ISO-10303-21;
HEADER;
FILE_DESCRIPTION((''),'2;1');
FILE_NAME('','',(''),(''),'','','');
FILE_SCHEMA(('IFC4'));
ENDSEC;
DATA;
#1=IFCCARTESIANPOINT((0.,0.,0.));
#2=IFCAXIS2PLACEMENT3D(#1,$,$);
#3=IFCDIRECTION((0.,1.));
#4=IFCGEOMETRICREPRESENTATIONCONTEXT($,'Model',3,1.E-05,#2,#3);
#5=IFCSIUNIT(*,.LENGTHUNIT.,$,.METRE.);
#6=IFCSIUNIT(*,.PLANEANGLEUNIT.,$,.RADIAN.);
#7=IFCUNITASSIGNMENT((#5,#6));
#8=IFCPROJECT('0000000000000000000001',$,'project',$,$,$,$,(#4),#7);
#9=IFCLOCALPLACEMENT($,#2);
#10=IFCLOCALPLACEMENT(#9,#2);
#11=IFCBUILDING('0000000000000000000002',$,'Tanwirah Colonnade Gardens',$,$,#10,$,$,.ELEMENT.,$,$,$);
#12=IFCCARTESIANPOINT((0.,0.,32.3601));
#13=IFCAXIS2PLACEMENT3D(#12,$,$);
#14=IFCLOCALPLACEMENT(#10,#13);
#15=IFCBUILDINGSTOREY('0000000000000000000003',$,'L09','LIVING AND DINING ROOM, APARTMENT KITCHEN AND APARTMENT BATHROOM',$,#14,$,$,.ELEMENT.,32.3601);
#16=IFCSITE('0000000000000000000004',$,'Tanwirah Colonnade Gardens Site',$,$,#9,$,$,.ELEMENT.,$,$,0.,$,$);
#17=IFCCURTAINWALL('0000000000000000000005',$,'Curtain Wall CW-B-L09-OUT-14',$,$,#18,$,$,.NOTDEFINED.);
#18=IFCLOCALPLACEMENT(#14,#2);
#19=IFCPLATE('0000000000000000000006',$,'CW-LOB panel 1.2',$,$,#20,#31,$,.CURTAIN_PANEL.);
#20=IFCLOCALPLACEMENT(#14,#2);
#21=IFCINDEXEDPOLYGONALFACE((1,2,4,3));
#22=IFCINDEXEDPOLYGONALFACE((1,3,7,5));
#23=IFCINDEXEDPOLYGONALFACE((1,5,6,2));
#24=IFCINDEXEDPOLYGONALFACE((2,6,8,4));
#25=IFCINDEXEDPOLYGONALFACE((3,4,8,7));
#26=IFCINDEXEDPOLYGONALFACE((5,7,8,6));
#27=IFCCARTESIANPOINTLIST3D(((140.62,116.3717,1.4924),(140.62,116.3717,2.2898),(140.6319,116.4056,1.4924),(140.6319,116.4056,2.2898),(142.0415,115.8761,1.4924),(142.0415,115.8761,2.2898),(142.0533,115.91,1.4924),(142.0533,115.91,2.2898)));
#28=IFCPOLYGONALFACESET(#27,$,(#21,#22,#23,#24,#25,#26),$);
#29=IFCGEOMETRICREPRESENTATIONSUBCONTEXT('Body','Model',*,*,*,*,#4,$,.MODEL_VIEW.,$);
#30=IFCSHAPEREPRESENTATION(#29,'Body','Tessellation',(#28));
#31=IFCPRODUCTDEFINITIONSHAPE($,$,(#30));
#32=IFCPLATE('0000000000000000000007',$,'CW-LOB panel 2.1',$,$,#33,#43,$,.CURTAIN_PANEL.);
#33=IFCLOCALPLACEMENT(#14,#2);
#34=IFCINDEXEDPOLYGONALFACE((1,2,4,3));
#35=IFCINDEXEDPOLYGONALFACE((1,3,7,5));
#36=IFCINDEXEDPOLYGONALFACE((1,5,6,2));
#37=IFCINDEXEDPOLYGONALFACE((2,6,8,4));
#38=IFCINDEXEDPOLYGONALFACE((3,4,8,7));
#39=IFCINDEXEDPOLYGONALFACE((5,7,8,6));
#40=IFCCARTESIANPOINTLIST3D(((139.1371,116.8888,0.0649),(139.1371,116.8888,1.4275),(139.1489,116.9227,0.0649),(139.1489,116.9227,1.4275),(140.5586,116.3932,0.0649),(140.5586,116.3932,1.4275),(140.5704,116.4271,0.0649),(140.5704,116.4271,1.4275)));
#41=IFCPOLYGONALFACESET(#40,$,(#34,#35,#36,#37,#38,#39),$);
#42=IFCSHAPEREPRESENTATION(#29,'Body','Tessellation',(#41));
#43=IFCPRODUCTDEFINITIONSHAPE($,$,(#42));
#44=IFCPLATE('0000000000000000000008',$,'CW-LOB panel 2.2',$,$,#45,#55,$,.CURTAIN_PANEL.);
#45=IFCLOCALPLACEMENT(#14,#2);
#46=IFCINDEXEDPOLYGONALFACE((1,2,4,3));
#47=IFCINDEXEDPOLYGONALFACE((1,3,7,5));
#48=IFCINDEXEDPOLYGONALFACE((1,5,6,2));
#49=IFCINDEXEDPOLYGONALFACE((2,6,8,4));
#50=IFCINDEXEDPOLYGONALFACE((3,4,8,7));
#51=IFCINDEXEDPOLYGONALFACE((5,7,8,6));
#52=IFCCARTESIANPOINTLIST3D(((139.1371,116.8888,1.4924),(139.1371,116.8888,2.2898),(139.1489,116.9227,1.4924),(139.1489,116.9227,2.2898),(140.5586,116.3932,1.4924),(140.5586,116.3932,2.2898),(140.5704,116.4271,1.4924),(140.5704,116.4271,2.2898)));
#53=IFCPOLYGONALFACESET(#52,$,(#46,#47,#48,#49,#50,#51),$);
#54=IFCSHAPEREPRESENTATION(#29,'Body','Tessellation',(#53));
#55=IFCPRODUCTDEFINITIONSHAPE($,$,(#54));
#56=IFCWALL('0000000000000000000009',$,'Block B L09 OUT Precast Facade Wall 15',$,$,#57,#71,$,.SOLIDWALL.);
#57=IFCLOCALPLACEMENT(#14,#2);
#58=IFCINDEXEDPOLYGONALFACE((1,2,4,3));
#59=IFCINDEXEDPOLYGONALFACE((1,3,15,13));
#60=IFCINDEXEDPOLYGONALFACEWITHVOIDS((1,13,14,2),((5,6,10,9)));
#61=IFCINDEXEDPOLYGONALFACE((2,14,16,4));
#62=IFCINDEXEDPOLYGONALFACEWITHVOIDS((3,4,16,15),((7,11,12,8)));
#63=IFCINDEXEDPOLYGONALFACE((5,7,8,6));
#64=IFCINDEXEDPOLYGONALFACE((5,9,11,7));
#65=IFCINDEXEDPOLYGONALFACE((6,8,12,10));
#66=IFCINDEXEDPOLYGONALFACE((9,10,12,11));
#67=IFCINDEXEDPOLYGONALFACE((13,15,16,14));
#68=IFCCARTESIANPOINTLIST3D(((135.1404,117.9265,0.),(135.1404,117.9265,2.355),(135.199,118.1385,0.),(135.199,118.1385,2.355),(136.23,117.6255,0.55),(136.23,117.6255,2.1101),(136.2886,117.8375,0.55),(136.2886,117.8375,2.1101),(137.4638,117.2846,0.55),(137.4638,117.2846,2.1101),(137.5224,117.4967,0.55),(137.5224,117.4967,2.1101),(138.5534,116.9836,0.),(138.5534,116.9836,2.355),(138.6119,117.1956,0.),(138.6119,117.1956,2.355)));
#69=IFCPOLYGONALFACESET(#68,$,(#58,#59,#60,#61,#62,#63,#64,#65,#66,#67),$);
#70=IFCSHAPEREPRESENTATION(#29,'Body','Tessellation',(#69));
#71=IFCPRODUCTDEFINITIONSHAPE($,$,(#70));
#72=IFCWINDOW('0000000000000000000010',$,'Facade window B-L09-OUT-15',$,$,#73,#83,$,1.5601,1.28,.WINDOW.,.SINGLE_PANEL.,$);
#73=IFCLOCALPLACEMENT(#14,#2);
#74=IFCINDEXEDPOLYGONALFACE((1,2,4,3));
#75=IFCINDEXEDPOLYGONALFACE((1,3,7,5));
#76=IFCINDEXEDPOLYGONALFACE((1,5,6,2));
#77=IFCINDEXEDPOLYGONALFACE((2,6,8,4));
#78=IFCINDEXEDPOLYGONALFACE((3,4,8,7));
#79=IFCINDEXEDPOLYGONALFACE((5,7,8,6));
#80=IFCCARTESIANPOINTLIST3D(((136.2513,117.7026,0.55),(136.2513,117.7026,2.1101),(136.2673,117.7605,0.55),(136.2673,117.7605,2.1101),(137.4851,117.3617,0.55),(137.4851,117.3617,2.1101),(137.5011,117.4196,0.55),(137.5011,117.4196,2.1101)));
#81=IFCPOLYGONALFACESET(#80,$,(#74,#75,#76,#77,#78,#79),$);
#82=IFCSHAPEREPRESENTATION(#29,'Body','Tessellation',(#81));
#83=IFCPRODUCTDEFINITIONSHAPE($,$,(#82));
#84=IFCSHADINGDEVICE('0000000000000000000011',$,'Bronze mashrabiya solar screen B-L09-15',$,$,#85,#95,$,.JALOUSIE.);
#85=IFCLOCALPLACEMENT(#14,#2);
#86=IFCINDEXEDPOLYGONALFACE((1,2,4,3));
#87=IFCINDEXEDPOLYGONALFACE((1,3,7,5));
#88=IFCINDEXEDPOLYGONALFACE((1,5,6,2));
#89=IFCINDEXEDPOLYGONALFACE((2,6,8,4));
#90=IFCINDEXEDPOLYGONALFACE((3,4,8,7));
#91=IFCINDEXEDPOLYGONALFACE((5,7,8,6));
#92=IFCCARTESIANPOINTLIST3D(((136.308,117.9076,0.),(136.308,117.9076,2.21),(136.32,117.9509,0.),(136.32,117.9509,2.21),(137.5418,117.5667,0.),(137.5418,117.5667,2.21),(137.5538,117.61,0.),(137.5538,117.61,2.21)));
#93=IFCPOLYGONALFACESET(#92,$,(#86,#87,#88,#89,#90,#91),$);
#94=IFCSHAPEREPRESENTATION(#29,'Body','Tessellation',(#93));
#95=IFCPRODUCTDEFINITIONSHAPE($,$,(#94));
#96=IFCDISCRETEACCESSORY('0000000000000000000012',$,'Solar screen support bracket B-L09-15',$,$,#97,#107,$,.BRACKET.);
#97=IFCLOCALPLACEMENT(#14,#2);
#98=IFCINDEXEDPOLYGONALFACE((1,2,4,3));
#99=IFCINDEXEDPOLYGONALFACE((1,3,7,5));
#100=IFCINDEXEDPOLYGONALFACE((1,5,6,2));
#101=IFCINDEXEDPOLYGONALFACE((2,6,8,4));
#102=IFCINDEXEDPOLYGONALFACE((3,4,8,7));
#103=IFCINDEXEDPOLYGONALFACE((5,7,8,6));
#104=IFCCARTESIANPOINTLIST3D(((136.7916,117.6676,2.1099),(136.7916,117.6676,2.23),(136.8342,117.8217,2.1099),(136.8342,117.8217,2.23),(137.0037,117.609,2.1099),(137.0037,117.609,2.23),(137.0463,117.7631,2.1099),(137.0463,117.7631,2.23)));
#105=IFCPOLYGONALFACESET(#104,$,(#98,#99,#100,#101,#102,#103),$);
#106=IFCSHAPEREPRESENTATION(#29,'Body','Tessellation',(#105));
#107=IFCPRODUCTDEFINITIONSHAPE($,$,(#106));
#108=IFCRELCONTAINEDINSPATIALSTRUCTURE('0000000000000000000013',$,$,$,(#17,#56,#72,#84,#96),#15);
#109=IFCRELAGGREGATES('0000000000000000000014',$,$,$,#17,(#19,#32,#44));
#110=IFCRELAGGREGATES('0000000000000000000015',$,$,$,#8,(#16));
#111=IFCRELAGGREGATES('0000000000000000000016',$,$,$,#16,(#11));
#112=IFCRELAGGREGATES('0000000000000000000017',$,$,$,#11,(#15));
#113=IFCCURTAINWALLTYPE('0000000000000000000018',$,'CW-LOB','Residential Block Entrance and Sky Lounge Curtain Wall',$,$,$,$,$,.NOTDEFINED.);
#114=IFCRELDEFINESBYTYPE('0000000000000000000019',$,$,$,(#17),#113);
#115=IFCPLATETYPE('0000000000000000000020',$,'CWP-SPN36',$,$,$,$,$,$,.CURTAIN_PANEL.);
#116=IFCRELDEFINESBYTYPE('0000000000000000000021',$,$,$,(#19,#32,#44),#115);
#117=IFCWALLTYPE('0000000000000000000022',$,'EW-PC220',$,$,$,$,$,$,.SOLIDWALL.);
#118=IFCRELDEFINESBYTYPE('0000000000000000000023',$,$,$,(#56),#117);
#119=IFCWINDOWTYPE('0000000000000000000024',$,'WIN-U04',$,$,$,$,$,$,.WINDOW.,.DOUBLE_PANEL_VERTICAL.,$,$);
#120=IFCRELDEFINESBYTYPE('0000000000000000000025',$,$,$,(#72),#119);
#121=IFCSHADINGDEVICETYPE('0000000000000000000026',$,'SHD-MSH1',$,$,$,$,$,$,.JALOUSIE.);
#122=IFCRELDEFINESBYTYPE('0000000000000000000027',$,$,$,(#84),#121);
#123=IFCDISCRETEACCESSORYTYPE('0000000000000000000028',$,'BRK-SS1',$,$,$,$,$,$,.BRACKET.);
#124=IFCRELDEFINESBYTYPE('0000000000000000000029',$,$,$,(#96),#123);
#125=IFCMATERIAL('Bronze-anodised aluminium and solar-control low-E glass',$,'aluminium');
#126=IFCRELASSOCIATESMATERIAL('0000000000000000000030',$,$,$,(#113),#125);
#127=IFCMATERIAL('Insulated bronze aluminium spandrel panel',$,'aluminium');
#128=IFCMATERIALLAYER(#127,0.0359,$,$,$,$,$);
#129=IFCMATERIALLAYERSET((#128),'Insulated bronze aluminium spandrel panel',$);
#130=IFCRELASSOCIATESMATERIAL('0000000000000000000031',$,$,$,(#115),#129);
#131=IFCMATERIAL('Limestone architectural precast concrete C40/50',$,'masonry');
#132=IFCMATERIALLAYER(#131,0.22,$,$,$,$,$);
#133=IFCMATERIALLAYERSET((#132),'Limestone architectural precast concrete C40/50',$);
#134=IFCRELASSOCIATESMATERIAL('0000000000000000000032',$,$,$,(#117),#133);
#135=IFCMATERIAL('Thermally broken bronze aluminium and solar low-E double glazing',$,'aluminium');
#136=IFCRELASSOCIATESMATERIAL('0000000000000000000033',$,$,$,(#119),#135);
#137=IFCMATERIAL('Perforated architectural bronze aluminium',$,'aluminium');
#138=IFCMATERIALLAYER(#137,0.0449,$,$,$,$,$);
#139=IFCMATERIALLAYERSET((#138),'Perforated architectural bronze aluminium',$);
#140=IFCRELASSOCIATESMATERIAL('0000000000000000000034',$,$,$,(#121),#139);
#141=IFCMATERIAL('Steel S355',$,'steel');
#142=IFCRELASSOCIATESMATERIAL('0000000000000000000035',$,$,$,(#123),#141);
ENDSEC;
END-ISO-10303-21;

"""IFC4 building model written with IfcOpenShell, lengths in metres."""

from ifc_helpers import new_model, si_unit, direction, frame, frame_2d, origin, origin_2d, place, context, subcontext, project, spatial, rectangle, extrude, material, layer, layer_set, type_object, element, fill, aggregate, save


model = new_model("IFC4")

# Units and contexts
model_context = context("Model", 3, precision=1e-05, world=origin(), true_north=direction((0.0, 1.0)))
body_context = subcontext(model_context, "Body", "Model", "MODEL_VIEW")
ifc_project = project(units=[si_unit("LENGTHUNIT", "METRE"), si_unit("PLANEANGLEUNIT", "RADIAN")], contexts=[model_context])

# Site, building, storey
site_placement = place(None, origin())
site = spatial("IfcSite", under=ifc_project, at=site_placement, Name="Tanwirah Colonnade Gardens Site", CompositionType="ELEMENT", RefElevation=0.0)
building_placement = place(site_placement, origin())
building = spatial("IfcBuilding", under=site, at=building_placement, Name="Tanwirah Colonnade Gardens", CompositionType="ELEMENT")
storey_placement = place(building_placement, frame((0.0, 0.0, 32.3601)))
storey = spatial("IfcBuildingStorey", under=building, at=storey_placement, Name="L09", Description="LIVING AND DINING ROOM, APARTMENT KITCHEN AND APARTMENT BATHROOM", CompositionType="ELEMENT", Elevation=32.3601)

# Curtain wall
ifc_material_1 = material(Name="Bronze-anodised aluminium and solar-control low-E glass", Category="aluminium")
curtain_wall_type = type_object("IfcCurtainWallType", Name="CW-LOB", Description="Residential Block Entrance and Sky Lounge Curtain Wall", PredefinedType="NOTDEFINED", material=ifc_material_1)
curtain_wall_placement = place(storey_placement, origin())
curtain_wall = element("IfcCurtainWall", 1, at=curtain_wall_placement, inside=storey, type_object=curtain_wall_type, Name="Curtain Wall CW-B-L09-OUT-14", PredefinedType="NOTDEFINED")

# Plates
ifc_material_2 = material(Name="Insulated bronze aluminium spandrel panel", Category="aluminium")
ifc_layer_1 = layer(ifc_material_2, 0.0359)
ifc_layer_set_1 = layer_set([ifc_layer_1], Name="Insulated bronze aluminium spandrel panel")
plate_type = type_object("IfcPlateType", Name="CWP-SPN36", PredefinedType="CURTAIN_PANEL", material=ifc_layer_set_1)
plate_1_placement = place(storey_placement, frame((141.3367, 116.1409, 1.4924), z_axis=(0.0, 0.0, 1.0), x_axis=(-0.944249, 0.329232, 0.0)))
plate_1 = element("IfcPlate", 2, at=plate_1_placement, type_object=plate_type, Name="CW-LOB panel 1.2", PredefinedType="CURTAIN_PANEL", context=body_context, shape_type="SweptSolid", body=[
    extrude(rectangle(XDim=1.5054, YDim=0.0359, at=origin_2d()), origin(), (0.0, 0.0, 1.0), 0.7974),
])
plate_2_placement = place(storey_placement, frame((139.8538, 116.658, 0.0649), z_axis=(0.0, 0.0, 1.0), x_axis=(-0.944249, 0.329232, 0.0)))
plate_2 = element("IfcPlate", 3, at=plate_2_placement, type_object=plate_type, Name="CW-LOB panel 2.1", PredefinedType="CURTAIN_PANEL", context=body_context, shape_type="SweptSolid", body=[
    extrude(rectangle(XDim=1.5054, YDim=0.0359, at=origin_2d()), origin(), (0.0, 0.0, 1.0), 1.3625),
])
plate_3_placement = place(storey_placement, frame((139.8538, 116.658, 1.4924), z_axis=(0.0, 0.0, 1.0), x_axis=(-0.944249, 0.329232, 0.0)))
plate_3 = element("IfcPlate", 4, at=plate_3_placement, type_object=plate_type, Name="CW-LOB panel 2.2", PredefinedType="CURTAIN_PANEL", context=body_context, shape_type="SweptSolid", body=[
    extrude(rectangle(XDim=1.5054, YDim=0.0359, at=origin_2d()), origin(), (0.0, 0.0, 1.0), 0.7974),
])
aggregate(curtain_wall, [plate_1, plate_2, plate_3])

# Wall, opening, window
ifc_material_3 = material(Name="Limestone architectural precast concrete C40/50", Category="masonry")
ifc_layer_2 = layer(ifc_material_3, 0.22)
ifc_layer_set_2 = layer_set([ifc_layer_2], Name="Limestone architectural precast concrete C40/50")
wall_type = type_object("IfcWallType", Name="EW-PC220", PredefinedType="SOLIDWALL", material=ifc_layer_set_2)
wall_placement = place(storey_placement, frame((138.5828, 117.0896, 0.0), z_axis=(0.0, 0.0, 1.0), x_axis=(-0.963891, 0.266296, 0.0)))
wall = element("IfcWall", 5, at=wall_placement, inside=storey, type_object=wall_type, Name="Block B L09 OUT Precast Facade Wall 15", PredefinedType="SOLIDWALL", context=body_context, shape_type="SweptSolid", body=[
    extrude(rectangle(XDim=3.5408, YDim=0.22, at=frame_2d((1.7705, 0.0))), origin(), (0.0, 0.0, 1.0), 2.355),
])
opening_placement = place(wall_placement, frame((1.1304, 0.0, 0.55)))
opening = element("IfcOpeningElement", 6, at=opening_placement, cuts=wall, PredefinedType="OPENING", context=body_context, shape_type="SweptSolid", body=[
    extrude(rectangle(XDim=1.28, YDim=1.5601, at=frame_2d((0.6401, 0.78))), frame((0.0, 0.1199, 0.0), z_axis=(0.0, -1.0, 0.0), x_axis=(1.0, 0.0, 0.0)), (0.0, 0.0, 1.0), 0.24),
])
ifc_material_4 = material(Name="Thermally broken bronze aluminium and solar low-E double glazing", Category="aluminium")
window_type = type_object("IfcWindowType", Name="WIN-U04", PartitioningType="DOUBLE_PANEL_VERTICAL", PredefinedType="WINDOW", material=ifc_material_4)
window_placement = place(opening_placement, origin())
window = element("IfcWindow", 7, at=window_placement, inside=storey, type_object=window_type, Name="Facade window B-L09-OUT-15", OverallHeight=1.5601, OverallWidth=1.28, PartitioningType="SINGLE_PANEL", PredefinedType="WINDOW", context=body_context, shape_type="SweptSolid", body=[
    extrude(rectangle(XDim=1.28, YDim=1.5601, at=frame_2d((0.6401, 0.78))), frame((0.0, 0.03, 0.0), z_axis=(0.0, -1.0, 0.0), x_axis=(1.0, 0.0, 0.0)), (0.0, 0.0, 1.0), 0.0601),
])
fill(opening, window)

# Shading device
ifc_material_5 = material(Name="Perforated architectural bronze aluminium", Category="aluminium")
ifc_layer_3 = layer(ifc_material_5, 0.0449)
ifc_layer_set_3 = layer_set([ifc_layer_3], Name="Perforated architectural bronze aluminium")
shading_device_type = type_object("IfcShadingDeviceType", Name="SHD-MSH1", PredefinedType="JALOUSIE", material=ifc_layer_set_3)
shading_device_placement = place(storey_placement, frame((136.9309, 117.7588, 0.0), z_axis=(0.0, 0.0, 1.0), x_axis=(-0.963889, 0.266303, 0.0)))
element("IfcShadingDevice", 8, at=shading_device_placement, inside=storey, type_object=shading_device_type, Name="Bronze mashrabiya solar screen B-L09-15", PredefinedType="JALOUSIE", context=body_context, shape_type="SweptSolid", body=[
    extrude(rectangle(XDim=1.28, YDim=0.0449, at=origin_2d()), origin(), (0.0, 0.0, 1.0), 2.21),
])

# Discrete accessory
ifc_material_6 = material(Name="Steel S355", Category="steel")
discrete_accessory_type = type_object("IfcDiscreteAccessoryType", Name="BRK-SS1", PredefinedType="BRACKET", material=ifc_material_6)
discrete_accessory_placement = place(storey_placement, frame((136.9189, 117.7153, 2.1099), z_axis=(0.0, 0.0, 1.0), x_axis=(-0.963889, 0.266303, 0.0)))
element("IfcDiscreteAccessory", 9, at=discrete_accessory_placement, inside=storey, type_object=discrete_accessory_type, Name="Solar screen support bracket B-L09-15", PredefinedType="BRACKET", context=body_context, shape_type="SweptSolid", body=[
    extrude(rectangle(XDim=0.22, YDim=0.1599, at=origin_2d()), origin(), (0.0, 0.0, 1.0), 0.1201),
])

save(model, "model.ifc")
